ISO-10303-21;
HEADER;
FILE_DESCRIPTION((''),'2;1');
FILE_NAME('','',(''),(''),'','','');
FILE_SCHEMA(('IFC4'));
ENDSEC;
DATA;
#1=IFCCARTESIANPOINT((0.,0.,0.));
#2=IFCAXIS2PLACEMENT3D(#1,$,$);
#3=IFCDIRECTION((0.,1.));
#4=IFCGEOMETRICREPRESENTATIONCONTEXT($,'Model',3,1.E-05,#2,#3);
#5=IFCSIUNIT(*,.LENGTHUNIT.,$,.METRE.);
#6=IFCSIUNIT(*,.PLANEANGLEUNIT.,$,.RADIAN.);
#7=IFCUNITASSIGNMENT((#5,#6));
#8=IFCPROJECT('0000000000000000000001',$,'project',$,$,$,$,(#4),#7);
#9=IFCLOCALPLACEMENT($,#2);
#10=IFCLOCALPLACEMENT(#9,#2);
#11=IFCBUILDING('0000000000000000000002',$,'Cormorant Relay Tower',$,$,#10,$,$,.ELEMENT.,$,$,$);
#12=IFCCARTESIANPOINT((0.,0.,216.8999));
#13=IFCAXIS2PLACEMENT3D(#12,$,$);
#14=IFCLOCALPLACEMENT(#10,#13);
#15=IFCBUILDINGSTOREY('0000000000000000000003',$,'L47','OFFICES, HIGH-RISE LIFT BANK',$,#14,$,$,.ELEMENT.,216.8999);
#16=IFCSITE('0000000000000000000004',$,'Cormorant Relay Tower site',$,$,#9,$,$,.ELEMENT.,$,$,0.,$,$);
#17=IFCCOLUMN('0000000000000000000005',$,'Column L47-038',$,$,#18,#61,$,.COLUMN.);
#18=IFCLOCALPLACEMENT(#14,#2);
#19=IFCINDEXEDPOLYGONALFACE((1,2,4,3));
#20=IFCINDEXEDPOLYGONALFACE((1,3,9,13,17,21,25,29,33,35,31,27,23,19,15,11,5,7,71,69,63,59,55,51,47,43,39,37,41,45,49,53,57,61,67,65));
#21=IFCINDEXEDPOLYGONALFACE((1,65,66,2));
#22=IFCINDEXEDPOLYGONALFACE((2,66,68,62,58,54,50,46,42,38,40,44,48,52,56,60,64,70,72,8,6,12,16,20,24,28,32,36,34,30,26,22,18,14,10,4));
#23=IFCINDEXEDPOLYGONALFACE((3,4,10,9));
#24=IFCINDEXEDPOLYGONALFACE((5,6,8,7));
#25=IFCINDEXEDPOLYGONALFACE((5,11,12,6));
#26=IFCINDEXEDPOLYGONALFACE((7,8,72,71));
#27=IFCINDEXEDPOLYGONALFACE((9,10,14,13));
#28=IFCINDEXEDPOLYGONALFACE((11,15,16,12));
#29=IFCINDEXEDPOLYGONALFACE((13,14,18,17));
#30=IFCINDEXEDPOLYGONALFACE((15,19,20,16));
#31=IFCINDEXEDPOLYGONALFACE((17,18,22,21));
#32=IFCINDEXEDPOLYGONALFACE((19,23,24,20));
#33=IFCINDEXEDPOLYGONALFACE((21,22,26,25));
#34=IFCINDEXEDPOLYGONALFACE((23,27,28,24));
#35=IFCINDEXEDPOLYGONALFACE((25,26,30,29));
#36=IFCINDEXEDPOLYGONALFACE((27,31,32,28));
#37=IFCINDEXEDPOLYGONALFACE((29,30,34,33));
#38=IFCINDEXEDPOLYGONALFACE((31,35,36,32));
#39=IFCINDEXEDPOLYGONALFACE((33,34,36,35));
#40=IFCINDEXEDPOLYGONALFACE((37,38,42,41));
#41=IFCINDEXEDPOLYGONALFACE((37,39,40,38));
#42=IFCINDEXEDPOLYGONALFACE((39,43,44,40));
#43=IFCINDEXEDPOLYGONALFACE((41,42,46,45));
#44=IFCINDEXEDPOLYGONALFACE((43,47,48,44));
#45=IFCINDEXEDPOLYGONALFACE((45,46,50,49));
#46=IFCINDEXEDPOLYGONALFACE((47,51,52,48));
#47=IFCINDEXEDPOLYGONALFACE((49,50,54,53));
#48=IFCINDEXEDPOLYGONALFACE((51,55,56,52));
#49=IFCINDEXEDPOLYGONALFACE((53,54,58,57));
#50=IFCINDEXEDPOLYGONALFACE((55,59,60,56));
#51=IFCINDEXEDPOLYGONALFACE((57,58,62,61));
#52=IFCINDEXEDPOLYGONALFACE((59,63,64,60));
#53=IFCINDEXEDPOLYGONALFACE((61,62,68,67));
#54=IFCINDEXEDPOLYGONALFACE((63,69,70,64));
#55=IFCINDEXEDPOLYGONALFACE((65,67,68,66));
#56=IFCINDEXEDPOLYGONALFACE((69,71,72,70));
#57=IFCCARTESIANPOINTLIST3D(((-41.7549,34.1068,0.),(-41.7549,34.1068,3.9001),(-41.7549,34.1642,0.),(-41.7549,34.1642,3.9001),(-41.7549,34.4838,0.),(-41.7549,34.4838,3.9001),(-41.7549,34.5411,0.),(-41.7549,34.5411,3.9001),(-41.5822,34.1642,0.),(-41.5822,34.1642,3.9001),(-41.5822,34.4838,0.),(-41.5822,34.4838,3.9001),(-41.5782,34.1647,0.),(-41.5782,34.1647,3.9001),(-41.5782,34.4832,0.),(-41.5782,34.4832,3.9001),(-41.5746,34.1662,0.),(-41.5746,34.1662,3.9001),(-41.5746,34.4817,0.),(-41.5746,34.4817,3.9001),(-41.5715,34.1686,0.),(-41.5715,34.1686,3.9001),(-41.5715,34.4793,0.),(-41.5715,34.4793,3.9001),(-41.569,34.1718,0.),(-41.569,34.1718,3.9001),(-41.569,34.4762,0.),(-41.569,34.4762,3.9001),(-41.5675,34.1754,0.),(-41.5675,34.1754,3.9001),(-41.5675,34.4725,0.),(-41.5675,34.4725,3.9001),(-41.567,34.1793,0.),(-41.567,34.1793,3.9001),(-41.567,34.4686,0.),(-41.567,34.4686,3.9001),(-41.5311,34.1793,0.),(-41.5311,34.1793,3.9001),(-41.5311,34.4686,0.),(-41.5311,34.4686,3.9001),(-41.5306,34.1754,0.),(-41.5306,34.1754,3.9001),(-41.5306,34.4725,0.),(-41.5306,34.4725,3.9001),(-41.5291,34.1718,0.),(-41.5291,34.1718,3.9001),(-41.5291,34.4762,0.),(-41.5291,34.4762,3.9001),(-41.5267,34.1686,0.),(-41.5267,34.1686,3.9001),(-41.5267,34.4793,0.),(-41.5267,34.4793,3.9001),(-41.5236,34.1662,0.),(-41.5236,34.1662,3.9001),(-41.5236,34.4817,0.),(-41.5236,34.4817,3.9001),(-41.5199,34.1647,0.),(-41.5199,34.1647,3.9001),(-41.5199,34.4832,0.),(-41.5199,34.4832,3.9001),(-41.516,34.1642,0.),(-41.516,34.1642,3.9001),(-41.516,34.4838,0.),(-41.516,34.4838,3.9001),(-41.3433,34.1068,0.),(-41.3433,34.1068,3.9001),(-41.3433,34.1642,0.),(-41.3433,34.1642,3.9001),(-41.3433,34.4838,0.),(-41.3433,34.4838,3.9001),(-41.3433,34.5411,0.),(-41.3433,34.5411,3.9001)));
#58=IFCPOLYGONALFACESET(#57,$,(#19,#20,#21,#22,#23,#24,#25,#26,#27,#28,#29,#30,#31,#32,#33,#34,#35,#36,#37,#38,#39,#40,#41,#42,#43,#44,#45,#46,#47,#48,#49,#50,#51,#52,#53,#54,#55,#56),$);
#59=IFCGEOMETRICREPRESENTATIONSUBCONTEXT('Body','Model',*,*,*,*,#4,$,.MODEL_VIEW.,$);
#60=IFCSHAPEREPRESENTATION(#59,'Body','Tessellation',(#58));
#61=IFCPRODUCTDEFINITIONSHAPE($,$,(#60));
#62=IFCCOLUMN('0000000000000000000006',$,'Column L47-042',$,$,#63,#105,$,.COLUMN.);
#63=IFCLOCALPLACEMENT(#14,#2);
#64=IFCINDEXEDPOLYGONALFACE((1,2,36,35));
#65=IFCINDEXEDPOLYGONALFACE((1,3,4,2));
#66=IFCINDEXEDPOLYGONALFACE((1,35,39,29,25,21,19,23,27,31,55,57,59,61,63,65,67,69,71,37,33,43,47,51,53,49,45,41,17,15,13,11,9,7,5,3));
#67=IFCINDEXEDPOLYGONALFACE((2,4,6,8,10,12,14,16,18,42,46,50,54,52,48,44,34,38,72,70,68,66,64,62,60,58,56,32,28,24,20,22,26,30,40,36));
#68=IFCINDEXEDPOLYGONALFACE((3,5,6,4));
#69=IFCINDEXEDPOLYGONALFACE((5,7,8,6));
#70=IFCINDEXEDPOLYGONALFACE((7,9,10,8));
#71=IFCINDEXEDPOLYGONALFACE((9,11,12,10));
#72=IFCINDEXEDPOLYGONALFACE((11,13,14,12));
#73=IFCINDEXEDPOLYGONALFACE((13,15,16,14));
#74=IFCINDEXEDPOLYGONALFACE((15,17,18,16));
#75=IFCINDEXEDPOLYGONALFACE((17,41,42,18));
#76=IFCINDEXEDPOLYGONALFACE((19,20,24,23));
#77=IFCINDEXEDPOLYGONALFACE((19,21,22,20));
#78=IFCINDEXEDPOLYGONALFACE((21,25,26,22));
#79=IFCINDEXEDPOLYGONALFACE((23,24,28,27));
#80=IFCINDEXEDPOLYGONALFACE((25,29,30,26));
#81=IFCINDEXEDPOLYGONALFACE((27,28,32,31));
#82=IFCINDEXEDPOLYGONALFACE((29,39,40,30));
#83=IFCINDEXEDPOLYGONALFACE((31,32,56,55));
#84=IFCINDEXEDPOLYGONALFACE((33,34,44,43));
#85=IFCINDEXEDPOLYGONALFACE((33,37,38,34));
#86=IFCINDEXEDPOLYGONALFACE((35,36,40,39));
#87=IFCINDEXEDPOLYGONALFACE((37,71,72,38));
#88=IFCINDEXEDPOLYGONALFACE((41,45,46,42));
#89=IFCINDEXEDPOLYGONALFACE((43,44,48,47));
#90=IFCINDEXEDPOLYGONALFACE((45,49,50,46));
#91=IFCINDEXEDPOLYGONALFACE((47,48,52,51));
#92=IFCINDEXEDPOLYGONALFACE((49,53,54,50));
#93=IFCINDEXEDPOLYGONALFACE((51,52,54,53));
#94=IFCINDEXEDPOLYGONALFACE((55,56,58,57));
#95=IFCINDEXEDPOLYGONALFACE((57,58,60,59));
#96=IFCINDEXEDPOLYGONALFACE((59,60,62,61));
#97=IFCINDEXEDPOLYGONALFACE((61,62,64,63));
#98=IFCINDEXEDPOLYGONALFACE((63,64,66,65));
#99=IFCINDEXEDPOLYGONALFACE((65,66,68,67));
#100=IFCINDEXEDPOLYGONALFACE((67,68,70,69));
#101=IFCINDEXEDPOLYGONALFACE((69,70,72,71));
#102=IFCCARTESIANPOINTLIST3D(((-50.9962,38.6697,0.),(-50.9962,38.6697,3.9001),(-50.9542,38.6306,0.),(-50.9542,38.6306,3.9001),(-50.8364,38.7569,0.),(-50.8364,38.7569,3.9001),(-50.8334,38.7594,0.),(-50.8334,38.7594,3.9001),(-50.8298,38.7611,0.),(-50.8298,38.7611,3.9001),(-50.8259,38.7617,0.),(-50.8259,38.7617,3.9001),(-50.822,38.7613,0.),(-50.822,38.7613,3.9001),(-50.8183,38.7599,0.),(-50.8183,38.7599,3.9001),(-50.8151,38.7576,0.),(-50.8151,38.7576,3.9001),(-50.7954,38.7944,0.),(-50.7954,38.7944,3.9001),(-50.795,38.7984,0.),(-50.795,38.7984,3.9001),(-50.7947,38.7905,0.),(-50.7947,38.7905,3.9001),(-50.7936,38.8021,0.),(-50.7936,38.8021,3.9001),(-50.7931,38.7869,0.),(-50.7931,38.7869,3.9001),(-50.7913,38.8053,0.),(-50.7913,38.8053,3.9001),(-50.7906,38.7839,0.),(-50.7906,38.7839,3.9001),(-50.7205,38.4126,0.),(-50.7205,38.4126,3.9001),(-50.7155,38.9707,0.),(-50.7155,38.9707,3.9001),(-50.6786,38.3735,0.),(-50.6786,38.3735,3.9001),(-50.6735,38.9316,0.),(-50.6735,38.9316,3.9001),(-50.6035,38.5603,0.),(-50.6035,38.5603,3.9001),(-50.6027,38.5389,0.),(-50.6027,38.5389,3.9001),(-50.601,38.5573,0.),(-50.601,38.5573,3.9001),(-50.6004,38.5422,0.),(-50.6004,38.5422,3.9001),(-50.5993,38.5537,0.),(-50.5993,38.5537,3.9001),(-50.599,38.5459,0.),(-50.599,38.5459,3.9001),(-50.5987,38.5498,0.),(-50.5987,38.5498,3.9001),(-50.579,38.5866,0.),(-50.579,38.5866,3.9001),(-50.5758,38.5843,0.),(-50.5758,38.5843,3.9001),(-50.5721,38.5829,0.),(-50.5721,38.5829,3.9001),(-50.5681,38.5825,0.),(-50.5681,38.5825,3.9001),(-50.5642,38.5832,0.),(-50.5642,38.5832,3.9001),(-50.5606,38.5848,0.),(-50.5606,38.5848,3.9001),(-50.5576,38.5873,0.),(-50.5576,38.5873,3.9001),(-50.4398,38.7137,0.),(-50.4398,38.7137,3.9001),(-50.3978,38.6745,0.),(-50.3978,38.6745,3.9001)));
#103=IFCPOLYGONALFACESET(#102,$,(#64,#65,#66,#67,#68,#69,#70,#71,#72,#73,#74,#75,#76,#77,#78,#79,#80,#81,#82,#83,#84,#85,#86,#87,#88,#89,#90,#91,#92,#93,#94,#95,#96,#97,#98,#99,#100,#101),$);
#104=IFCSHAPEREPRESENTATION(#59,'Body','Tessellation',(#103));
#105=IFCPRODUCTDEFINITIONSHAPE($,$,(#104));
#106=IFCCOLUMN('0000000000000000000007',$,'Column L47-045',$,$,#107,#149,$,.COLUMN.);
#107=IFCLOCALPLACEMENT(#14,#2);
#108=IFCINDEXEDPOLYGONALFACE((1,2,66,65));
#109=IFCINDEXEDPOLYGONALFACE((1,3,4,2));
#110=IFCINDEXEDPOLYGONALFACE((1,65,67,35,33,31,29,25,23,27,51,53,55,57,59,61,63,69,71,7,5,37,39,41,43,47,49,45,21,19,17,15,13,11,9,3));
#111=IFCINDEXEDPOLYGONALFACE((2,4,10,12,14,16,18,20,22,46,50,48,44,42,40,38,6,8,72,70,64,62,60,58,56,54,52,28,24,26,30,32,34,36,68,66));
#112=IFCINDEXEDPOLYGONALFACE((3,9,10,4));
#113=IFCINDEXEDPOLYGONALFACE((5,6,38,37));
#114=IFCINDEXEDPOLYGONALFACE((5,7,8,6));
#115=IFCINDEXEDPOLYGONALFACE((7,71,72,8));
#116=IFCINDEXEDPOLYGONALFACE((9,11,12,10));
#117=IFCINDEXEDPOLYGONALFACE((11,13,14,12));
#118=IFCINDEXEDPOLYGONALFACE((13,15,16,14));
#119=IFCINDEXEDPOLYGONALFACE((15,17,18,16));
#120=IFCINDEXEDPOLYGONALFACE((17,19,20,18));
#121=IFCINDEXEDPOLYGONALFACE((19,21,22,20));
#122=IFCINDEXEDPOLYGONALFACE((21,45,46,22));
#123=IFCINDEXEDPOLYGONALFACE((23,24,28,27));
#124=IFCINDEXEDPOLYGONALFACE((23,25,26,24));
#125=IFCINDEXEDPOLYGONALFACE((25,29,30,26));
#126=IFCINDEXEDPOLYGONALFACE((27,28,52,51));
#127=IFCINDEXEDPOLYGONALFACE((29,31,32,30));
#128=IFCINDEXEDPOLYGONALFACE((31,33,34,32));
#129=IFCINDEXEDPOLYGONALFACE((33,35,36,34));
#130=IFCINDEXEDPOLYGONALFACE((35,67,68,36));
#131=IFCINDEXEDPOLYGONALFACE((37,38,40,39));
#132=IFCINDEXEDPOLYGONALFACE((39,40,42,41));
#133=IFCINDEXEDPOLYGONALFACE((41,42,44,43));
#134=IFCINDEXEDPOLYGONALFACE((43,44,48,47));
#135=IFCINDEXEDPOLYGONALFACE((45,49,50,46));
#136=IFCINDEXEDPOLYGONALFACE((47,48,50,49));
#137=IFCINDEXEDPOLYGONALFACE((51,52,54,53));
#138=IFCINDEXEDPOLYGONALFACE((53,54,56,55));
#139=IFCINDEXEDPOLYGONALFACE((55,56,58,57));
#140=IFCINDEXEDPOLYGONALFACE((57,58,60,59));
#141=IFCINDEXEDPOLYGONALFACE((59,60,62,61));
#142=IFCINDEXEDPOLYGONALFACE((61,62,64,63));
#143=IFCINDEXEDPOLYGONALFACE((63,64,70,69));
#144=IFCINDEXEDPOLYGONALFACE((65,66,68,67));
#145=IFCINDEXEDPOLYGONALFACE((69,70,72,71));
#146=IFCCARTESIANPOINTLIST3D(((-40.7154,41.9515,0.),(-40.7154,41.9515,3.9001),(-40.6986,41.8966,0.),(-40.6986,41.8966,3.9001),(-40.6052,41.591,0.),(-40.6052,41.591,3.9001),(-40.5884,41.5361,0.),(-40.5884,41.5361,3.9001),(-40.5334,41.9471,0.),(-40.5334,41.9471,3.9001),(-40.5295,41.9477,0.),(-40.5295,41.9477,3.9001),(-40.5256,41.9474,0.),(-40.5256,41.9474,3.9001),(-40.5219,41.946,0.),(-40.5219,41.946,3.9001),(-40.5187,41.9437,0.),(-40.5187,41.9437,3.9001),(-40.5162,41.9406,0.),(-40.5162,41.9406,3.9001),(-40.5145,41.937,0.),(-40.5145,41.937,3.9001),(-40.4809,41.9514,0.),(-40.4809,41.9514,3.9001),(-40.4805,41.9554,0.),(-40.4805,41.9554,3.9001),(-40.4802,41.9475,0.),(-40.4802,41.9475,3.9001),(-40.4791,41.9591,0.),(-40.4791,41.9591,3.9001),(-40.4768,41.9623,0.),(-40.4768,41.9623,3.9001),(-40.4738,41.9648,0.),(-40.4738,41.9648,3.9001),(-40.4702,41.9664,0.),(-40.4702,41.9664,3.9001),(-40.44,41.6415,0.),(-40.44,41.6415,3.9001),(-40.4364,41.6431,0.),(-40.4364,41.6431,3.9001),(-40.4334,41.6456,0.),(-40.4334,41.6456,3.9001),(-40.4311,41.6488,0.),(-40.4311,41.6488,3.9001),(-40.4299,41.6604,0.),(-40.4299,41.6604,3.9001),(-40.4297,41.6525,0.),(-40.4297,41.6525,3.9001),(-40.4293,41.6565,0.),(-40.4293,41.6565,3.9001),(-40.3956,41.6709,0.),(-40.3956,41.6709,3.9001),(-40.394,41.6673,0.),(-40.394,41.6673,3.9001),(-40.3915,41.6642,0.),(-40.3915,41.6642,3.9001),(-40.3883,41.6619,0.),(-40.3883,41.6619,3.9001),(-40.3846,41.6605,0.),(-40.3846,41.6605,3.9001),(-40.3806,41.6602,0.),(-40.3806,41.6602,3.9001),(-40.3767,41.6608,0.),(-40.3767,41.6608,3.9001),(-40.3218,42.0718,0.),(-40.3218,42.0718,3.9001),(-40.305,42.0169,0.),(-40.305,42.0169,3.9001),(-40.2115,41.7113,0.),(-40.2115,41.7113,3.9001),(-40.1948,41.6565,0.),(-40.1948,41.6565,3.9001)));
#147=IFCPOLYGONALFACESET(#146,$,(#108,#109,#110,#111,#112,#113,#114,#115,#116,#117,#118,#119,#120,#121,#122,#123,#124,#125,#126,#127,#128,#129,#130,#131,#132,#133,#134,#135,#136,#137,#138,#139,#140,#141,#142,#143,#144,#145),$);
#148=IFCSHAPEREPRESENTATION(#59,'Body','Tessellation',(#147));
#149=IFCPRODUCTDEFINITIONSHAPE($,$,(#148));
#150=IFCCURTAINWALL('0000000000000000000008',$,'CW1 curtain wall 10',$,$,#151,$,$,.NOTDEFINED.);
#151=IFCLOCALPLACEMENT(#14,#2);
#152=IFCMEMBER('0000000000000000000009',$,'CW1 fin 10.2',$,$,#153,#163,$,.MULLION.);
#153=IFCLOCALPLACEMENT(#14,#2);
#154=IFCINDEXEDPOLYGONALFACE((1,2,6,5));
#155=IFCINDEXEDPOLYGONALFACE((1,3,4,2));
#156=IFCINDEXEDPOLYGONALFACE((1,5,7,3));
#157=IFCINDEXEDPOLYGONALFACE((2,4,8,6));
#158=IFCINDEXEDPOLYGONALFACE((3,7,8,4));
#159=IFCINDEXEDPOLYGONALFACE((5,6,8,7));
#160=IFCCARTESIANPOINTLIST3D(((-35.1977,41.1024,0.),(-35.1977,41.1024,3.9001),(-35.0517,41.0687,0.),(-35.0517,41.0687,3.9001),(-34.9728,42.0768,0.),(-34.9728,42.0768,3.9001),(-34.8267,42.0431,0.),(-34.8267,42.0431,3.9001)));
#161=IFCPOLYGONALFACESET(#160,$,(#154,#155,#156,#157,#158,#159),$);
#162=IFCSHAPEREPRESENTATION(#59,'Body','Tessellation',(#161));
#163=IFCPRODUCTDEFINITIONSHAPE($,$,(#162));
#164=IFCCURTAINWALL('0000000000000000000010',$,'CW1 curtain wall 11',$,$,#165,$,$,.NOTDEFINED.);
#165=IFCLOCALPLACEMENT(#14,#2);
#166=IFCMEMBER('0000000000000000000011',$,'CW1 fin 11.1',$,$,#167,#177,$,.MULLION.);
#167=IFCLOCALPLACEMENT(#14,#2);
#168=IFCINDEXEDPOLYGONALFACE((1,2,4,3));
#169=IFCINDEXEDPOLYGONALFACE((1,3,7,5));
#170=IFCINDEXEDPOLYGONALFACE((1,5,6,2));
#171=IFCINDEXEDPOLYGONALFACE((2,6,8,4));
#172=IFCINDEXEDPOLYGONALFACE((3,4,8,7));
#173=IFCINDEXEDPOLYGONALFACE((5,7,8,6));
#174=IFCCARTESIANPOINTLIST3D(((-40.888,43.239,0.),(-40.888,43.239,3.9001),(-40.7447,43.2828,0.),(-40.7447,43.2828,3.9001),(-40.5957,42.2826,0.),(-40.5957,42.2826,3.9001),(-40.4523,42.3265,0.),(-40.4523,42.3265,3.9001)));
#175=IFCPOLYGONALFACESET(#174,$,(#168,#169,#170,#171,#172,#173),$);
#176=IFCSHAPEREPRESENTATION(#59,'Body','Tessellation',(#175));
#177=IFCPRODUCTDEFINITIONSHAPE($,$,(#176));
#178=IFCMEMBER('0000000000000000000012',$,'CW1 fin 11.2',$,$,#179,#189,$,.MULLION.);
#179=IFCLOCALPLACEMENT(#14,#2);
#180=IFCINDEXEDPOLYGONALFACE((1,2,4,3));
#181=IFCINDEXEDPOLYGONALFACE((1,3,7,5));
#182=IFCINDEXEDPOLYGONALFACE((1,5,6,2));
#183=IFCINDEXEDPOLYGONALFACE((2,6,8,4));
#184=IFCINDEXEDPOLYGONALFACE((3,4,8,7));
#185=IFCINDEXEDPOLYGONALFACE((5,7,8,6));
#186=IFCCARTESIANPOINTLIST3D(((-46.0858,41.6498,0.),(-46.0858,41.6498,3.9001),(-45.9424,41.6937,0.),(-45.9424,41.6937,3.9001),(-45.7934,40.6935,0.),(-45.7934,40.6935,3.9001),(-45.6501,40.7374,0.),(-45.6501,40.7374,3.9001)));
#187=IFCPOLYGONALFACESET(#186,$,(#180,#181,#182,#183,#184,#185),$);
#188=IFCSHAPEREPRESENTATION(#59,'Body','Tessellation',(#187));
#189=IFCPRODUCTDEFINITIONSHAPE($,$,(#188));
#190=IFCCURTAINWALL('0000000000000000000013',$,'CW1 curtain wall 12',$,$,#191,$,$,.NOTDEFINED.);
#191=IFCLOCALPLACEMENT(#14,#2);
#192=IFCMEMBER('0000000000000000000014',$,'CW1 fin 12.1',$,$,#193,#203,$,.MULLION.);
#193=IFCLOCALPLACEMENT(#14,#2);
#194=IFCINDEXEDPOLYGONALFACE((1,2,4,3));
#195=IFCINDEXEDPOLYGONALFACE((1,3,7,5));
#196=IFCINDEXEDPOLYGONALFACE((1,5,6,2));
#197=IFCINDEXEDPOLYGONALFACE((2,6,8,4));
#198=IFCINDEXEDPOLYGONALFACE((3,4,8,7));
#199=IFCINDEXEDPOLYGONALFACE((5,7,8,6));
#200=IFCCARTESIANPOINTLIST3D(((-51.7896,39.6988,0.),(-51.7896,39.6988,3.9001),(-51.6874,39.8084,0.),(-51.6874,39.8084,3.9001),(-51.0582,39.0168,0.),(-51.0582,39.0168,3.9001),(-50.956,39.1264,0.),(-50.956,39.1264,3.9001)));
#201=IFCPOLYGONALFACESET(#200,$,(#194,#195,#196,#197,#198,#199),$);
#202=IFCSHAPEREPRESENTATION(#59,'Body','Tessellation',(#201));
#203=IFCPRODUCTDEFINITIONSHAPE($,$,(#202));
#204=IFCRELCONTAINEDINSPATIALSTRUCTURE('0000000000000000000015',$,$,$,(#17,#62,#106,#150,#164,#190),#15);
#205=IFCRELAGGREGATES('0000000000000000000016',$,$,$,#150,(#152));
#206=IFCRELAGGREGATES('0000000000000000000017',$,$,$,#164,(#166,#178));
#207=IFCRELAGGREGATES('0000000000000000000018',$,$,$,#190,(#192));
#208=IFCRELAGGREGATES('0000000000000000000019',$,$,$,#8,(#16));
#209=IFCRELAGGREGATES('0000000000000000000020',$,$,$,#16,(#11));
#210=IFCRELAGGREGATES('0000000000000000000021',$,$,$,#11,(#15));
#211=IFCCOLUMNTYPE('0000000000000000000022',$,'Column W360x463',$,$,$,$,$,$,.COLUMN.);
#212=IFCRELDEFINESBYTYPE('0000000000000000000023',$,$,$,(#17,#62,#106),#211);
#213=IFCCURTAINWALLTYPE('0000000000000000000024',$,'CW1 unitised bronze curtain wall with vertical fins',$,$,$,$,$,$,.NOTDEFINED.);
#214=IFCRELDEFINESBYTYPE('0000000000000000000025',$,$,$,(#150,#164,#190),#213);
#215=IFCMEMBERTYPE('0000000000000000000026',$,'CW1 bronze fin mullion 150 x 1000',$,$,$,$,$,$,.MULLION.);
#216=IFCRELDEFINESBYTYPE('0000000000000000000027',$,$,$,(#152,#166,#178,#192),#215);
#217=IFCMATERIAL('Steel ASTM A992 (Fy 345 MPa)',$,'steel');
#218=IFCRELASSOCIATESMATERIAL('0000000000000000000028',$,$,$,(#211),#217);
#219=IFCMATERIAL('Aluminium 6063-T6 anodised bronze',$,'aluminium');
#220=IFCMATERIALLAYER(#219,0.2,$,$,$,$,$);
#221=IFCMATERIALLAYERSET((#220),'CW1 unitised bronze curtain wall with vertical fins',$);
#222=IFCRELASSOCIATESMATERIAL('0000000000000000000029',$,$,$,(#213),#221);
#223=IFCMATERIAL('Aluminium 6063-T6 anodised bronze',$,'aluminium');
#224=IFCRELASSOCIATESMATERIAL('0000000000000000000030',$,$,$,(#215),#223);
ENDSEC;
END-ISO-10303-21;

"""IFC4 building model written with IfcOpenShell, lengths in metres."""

from ifc_helpers import new_model, si_unit, direction, frame, origin, origin_2d, place, context, subcontext, project, spatial, rectangle, i_section, extrude, material, layer, layer_set, material_profile, profile_set, type_object, element, aggregate, save


model = new_model("IFC4")

# Units and contexts
model_context = context("Model", 3, precision=1e-05, world=origin(), true_north=direction((0.0, 1.0)))
body_context = subcontext(model_context, "Body", "Model", "MODEL_VIEW")
ifc_project = project(units=[si_unit("LENGTHUNIT", "METRE"), si_unit("PLANEANGLEUNIT", "RADIAN")], contexts=[model_context])

# Site, building, storey
site_placement = place(None, origin())
site = spatial("IfcSite", under=ifc_project, at=site_placement, Name="Cormorant Relay Tower site", CompositionType="ELEMENT", RefElevation=0.0)
building_placement = place(site_placement, origin())
building = spatial("IfcBuilding", under=site, at=building_placement, Name="Cormorant Relay Tower", CompositionType="ELEMENT")
storey_placement = place(building_placement, frame((0.0, 0.0, 216.8999)))
storey = spatial("IfcBuildingStorey", under=building, at=storey_placement, Name="L47", Description="OFFICES, HIGH-RISE LIFT BANK", CompositionType="ELEMENT", Elevation=216.8999)

# Columns
ifc_material_1 = material(Name="Steel ASTM A992 (Fy 345 MPa)", Category="steel")
ifc_material_profile_1 = material_profile(ifc_material_1, i_section(OverallWidth=0.4116, OverallDepth=0.4343, WebThickness=0.0359, FlangeThickness=0.0574, FilletRadius=0.0151, at=origin_2d()), Name="W360x463")
ifc_profile_set_1 = profile_set([ifc_material_profile_1], Name="Steel ASTM A992 (Fy 345 MPa)")
column_type = type_object("IfcColumnType", Name="Column W360x463", PredefinedType="COLUMN", material=ifc_profile_set_1)
for number, where, z_axis, x_axis, name in (
    (1, (-41.5491, 34.324, 0.0), (0.0, 0.0, 1.0), (1.0, 0.0, 0.0), "Column L47-038"),
    (2, (-50.697, 38.6721, 0.0), (0.0, 0.0, 1.0), (-0.681998, -0.731354, 0.0), "Column L47-042"),
    (3, (-40.4551, 41.804, 0.0), (0.0, 0.0, 1.0), (-0.956305, -0.292372, 0.0), "Column L47-045"),
):
    element("IfcColumn", number, at=place(storey_placement, frame(where, z_axis=z_axis, x_axis=x_axis)), inside=storey, type_object=column_type, Name=name, PredefinedType="COLUMN", context=body_context, shape_type="SweptSolid", body=[
        extrude(i_section(OverallWidth=0.4116, OverallDepth=0.4343, WebThickness=0.0359, FlangeThickness=0.0574, FilletRadius=0.0151, at=origin_2d()), origin(), (0.0, 0.0, 1.0), 3.9001),
    ])

# Curtain wall, member
ifc_material_2 = material(Name="Aluminium 6063-T6 anodised bronze", Category="aluminium")
ifc_layer_1 = layer(ifc_material_2, 0.2)
ifc_layer_set_1 = layer_set([ifc_layer_1], Name="CW1 unitised bronze curtain wall with vertical fins")
curtain_wall_type = type_object("IfcCurtainWallType", Name="CW1 unitised bronze curtain wall with vertical fins", PredefinedType="NOTDEFINED", material=ifc_layer_set_1)
curtain_wall_1_placement = place(storey_placement, origin())
curtain_wall_1 = element("IfcCurtainWall", 4, at=curtain_wall_1_placement, inside=storey, type_object=curtain_wall_type, Name="CW1 curtain wall 10", PredefinedType="NOTDEFINED")
ifc_material_3 = material(Name="Aluminium 6063-T6 anodised bronze", Category="aluminium")
ifc_material_profile_2 = material_profile(ifc_material_3, rectangle(XDim=0.1499, YDim=1.0, at=origin_2d()), Name="AL 150x1000")
ifc_profile_set_2 = profile_set([ifc_material_profile_2], Name="Aluminium 6063-T6 anodised bronze")
member_type_1 = type_object("IfcMemberType", Name="CW1 bronze fin mullion 150 x 1000", PredefinedType="MULLION", material=ifc_profile_set_2)
member_1_placement = place(storey_placement, frame((-35.0122, 41.5728, 0.0), z_axis=(0.0, 0.0, 1.0), x_axis=(-0.97437, 0.224951, 0.0)))
member_1 = element("IfcMember", 5, at=member_1_placement, type_object=member_type_1, Name="CW1 fin 10.2", PredefinedType="MULLION", context=body_context, shape_type="SweptSolid", body=[
    extrude(rectangle(XDim=0.1499, YDim=1.0, at=origin_2d()), origin(), (0.0, 0.0, 1.0), 3.9001),
])

# Curtain walls, members
curtain_wall_2_placement = place(storey_placement, origin())
curtain_wall_2 = element("IfcCurtainWall", 6, at=curtain_wall_2_placement, inside=storey, type_object=curtain_wall_type, Name="CW1 curtain wall 11", PredefinedType="NOTDEFINED")
member_2_placement = place(storey_placement, frame((-40.6702, 42.7827, 0.0), z_axis=(0.0, 0.0, 1.0), x_axis=(-0.956305, -0.292372, 0.0)))
member_2 = element("IfcMember", 7, at=member_2_placement, type_object=member_type_1, Name="CW1 fin 11.1", PredefinedType="MULLION", context=body_context, shape_type="SweptSolid", body=[
    extrude(rectangle(XDim=0.1499, YDim=1.0, at=origin_2d()), origin(), (0.0, 0.0, 1.0), 3.9001),
])
member_3_placement = place(storey_placement, frame((-45.8679, 41.1936, 0.0), z_axis=(0.0, 0.0, 1.0), x_axis=(-0.956305, -0.292372, 0.0)))
member_3 = element("IfcMember", 8, at=member_3_placement, type_object=member_type_1, Name="CW1 fin 11.2", PredefinedType="MULLION", context=body_context, shape_type="SweptSolid", body=[
    extrude(rectangle(XDim=0.1499, YDim=1.0, at=origin_2d()), origin(), (0.0, 0.0, 1.0), 3.9001),
])
curtain_wall_3_placement = place(storey_placement, origin())
curtain_wall_3 = element("IfcCurtainWall", 9, at=curtain_wall_3_placement, inside=storey, type_object=curtain_wall_type, Name="CW1 curtain wall 12", PredefinedType="NOTDEFINED")
member_4_placement = place(storey_placement, frame((-51.3728, 39.4126, 0.0), z_axis=(0.0, 0.0, 1.0), x_axis=(-0.681998, -0.731354, 0.0)))
member_4 = element("IfcMember", 10, at=member_4_placement, type_object=member_type_1, Name="CW1 fin 12.1", PredefinedType="MULLION", context=body_context, shape_type="SweptSolid", body=[
    extrude(rectangle(XDim=0.1499, YDim=1.0, at=origin_2d()), origin(), (0.0, 0.0, 1.0), 3.9001),
])

aggregate(curtain_wall_1, [member_1])
aggregate(curtain_wall_2, [member_2, member_3])
aggregate(curtain_wall_3, [member_4])

save(model, "model.ifc")
